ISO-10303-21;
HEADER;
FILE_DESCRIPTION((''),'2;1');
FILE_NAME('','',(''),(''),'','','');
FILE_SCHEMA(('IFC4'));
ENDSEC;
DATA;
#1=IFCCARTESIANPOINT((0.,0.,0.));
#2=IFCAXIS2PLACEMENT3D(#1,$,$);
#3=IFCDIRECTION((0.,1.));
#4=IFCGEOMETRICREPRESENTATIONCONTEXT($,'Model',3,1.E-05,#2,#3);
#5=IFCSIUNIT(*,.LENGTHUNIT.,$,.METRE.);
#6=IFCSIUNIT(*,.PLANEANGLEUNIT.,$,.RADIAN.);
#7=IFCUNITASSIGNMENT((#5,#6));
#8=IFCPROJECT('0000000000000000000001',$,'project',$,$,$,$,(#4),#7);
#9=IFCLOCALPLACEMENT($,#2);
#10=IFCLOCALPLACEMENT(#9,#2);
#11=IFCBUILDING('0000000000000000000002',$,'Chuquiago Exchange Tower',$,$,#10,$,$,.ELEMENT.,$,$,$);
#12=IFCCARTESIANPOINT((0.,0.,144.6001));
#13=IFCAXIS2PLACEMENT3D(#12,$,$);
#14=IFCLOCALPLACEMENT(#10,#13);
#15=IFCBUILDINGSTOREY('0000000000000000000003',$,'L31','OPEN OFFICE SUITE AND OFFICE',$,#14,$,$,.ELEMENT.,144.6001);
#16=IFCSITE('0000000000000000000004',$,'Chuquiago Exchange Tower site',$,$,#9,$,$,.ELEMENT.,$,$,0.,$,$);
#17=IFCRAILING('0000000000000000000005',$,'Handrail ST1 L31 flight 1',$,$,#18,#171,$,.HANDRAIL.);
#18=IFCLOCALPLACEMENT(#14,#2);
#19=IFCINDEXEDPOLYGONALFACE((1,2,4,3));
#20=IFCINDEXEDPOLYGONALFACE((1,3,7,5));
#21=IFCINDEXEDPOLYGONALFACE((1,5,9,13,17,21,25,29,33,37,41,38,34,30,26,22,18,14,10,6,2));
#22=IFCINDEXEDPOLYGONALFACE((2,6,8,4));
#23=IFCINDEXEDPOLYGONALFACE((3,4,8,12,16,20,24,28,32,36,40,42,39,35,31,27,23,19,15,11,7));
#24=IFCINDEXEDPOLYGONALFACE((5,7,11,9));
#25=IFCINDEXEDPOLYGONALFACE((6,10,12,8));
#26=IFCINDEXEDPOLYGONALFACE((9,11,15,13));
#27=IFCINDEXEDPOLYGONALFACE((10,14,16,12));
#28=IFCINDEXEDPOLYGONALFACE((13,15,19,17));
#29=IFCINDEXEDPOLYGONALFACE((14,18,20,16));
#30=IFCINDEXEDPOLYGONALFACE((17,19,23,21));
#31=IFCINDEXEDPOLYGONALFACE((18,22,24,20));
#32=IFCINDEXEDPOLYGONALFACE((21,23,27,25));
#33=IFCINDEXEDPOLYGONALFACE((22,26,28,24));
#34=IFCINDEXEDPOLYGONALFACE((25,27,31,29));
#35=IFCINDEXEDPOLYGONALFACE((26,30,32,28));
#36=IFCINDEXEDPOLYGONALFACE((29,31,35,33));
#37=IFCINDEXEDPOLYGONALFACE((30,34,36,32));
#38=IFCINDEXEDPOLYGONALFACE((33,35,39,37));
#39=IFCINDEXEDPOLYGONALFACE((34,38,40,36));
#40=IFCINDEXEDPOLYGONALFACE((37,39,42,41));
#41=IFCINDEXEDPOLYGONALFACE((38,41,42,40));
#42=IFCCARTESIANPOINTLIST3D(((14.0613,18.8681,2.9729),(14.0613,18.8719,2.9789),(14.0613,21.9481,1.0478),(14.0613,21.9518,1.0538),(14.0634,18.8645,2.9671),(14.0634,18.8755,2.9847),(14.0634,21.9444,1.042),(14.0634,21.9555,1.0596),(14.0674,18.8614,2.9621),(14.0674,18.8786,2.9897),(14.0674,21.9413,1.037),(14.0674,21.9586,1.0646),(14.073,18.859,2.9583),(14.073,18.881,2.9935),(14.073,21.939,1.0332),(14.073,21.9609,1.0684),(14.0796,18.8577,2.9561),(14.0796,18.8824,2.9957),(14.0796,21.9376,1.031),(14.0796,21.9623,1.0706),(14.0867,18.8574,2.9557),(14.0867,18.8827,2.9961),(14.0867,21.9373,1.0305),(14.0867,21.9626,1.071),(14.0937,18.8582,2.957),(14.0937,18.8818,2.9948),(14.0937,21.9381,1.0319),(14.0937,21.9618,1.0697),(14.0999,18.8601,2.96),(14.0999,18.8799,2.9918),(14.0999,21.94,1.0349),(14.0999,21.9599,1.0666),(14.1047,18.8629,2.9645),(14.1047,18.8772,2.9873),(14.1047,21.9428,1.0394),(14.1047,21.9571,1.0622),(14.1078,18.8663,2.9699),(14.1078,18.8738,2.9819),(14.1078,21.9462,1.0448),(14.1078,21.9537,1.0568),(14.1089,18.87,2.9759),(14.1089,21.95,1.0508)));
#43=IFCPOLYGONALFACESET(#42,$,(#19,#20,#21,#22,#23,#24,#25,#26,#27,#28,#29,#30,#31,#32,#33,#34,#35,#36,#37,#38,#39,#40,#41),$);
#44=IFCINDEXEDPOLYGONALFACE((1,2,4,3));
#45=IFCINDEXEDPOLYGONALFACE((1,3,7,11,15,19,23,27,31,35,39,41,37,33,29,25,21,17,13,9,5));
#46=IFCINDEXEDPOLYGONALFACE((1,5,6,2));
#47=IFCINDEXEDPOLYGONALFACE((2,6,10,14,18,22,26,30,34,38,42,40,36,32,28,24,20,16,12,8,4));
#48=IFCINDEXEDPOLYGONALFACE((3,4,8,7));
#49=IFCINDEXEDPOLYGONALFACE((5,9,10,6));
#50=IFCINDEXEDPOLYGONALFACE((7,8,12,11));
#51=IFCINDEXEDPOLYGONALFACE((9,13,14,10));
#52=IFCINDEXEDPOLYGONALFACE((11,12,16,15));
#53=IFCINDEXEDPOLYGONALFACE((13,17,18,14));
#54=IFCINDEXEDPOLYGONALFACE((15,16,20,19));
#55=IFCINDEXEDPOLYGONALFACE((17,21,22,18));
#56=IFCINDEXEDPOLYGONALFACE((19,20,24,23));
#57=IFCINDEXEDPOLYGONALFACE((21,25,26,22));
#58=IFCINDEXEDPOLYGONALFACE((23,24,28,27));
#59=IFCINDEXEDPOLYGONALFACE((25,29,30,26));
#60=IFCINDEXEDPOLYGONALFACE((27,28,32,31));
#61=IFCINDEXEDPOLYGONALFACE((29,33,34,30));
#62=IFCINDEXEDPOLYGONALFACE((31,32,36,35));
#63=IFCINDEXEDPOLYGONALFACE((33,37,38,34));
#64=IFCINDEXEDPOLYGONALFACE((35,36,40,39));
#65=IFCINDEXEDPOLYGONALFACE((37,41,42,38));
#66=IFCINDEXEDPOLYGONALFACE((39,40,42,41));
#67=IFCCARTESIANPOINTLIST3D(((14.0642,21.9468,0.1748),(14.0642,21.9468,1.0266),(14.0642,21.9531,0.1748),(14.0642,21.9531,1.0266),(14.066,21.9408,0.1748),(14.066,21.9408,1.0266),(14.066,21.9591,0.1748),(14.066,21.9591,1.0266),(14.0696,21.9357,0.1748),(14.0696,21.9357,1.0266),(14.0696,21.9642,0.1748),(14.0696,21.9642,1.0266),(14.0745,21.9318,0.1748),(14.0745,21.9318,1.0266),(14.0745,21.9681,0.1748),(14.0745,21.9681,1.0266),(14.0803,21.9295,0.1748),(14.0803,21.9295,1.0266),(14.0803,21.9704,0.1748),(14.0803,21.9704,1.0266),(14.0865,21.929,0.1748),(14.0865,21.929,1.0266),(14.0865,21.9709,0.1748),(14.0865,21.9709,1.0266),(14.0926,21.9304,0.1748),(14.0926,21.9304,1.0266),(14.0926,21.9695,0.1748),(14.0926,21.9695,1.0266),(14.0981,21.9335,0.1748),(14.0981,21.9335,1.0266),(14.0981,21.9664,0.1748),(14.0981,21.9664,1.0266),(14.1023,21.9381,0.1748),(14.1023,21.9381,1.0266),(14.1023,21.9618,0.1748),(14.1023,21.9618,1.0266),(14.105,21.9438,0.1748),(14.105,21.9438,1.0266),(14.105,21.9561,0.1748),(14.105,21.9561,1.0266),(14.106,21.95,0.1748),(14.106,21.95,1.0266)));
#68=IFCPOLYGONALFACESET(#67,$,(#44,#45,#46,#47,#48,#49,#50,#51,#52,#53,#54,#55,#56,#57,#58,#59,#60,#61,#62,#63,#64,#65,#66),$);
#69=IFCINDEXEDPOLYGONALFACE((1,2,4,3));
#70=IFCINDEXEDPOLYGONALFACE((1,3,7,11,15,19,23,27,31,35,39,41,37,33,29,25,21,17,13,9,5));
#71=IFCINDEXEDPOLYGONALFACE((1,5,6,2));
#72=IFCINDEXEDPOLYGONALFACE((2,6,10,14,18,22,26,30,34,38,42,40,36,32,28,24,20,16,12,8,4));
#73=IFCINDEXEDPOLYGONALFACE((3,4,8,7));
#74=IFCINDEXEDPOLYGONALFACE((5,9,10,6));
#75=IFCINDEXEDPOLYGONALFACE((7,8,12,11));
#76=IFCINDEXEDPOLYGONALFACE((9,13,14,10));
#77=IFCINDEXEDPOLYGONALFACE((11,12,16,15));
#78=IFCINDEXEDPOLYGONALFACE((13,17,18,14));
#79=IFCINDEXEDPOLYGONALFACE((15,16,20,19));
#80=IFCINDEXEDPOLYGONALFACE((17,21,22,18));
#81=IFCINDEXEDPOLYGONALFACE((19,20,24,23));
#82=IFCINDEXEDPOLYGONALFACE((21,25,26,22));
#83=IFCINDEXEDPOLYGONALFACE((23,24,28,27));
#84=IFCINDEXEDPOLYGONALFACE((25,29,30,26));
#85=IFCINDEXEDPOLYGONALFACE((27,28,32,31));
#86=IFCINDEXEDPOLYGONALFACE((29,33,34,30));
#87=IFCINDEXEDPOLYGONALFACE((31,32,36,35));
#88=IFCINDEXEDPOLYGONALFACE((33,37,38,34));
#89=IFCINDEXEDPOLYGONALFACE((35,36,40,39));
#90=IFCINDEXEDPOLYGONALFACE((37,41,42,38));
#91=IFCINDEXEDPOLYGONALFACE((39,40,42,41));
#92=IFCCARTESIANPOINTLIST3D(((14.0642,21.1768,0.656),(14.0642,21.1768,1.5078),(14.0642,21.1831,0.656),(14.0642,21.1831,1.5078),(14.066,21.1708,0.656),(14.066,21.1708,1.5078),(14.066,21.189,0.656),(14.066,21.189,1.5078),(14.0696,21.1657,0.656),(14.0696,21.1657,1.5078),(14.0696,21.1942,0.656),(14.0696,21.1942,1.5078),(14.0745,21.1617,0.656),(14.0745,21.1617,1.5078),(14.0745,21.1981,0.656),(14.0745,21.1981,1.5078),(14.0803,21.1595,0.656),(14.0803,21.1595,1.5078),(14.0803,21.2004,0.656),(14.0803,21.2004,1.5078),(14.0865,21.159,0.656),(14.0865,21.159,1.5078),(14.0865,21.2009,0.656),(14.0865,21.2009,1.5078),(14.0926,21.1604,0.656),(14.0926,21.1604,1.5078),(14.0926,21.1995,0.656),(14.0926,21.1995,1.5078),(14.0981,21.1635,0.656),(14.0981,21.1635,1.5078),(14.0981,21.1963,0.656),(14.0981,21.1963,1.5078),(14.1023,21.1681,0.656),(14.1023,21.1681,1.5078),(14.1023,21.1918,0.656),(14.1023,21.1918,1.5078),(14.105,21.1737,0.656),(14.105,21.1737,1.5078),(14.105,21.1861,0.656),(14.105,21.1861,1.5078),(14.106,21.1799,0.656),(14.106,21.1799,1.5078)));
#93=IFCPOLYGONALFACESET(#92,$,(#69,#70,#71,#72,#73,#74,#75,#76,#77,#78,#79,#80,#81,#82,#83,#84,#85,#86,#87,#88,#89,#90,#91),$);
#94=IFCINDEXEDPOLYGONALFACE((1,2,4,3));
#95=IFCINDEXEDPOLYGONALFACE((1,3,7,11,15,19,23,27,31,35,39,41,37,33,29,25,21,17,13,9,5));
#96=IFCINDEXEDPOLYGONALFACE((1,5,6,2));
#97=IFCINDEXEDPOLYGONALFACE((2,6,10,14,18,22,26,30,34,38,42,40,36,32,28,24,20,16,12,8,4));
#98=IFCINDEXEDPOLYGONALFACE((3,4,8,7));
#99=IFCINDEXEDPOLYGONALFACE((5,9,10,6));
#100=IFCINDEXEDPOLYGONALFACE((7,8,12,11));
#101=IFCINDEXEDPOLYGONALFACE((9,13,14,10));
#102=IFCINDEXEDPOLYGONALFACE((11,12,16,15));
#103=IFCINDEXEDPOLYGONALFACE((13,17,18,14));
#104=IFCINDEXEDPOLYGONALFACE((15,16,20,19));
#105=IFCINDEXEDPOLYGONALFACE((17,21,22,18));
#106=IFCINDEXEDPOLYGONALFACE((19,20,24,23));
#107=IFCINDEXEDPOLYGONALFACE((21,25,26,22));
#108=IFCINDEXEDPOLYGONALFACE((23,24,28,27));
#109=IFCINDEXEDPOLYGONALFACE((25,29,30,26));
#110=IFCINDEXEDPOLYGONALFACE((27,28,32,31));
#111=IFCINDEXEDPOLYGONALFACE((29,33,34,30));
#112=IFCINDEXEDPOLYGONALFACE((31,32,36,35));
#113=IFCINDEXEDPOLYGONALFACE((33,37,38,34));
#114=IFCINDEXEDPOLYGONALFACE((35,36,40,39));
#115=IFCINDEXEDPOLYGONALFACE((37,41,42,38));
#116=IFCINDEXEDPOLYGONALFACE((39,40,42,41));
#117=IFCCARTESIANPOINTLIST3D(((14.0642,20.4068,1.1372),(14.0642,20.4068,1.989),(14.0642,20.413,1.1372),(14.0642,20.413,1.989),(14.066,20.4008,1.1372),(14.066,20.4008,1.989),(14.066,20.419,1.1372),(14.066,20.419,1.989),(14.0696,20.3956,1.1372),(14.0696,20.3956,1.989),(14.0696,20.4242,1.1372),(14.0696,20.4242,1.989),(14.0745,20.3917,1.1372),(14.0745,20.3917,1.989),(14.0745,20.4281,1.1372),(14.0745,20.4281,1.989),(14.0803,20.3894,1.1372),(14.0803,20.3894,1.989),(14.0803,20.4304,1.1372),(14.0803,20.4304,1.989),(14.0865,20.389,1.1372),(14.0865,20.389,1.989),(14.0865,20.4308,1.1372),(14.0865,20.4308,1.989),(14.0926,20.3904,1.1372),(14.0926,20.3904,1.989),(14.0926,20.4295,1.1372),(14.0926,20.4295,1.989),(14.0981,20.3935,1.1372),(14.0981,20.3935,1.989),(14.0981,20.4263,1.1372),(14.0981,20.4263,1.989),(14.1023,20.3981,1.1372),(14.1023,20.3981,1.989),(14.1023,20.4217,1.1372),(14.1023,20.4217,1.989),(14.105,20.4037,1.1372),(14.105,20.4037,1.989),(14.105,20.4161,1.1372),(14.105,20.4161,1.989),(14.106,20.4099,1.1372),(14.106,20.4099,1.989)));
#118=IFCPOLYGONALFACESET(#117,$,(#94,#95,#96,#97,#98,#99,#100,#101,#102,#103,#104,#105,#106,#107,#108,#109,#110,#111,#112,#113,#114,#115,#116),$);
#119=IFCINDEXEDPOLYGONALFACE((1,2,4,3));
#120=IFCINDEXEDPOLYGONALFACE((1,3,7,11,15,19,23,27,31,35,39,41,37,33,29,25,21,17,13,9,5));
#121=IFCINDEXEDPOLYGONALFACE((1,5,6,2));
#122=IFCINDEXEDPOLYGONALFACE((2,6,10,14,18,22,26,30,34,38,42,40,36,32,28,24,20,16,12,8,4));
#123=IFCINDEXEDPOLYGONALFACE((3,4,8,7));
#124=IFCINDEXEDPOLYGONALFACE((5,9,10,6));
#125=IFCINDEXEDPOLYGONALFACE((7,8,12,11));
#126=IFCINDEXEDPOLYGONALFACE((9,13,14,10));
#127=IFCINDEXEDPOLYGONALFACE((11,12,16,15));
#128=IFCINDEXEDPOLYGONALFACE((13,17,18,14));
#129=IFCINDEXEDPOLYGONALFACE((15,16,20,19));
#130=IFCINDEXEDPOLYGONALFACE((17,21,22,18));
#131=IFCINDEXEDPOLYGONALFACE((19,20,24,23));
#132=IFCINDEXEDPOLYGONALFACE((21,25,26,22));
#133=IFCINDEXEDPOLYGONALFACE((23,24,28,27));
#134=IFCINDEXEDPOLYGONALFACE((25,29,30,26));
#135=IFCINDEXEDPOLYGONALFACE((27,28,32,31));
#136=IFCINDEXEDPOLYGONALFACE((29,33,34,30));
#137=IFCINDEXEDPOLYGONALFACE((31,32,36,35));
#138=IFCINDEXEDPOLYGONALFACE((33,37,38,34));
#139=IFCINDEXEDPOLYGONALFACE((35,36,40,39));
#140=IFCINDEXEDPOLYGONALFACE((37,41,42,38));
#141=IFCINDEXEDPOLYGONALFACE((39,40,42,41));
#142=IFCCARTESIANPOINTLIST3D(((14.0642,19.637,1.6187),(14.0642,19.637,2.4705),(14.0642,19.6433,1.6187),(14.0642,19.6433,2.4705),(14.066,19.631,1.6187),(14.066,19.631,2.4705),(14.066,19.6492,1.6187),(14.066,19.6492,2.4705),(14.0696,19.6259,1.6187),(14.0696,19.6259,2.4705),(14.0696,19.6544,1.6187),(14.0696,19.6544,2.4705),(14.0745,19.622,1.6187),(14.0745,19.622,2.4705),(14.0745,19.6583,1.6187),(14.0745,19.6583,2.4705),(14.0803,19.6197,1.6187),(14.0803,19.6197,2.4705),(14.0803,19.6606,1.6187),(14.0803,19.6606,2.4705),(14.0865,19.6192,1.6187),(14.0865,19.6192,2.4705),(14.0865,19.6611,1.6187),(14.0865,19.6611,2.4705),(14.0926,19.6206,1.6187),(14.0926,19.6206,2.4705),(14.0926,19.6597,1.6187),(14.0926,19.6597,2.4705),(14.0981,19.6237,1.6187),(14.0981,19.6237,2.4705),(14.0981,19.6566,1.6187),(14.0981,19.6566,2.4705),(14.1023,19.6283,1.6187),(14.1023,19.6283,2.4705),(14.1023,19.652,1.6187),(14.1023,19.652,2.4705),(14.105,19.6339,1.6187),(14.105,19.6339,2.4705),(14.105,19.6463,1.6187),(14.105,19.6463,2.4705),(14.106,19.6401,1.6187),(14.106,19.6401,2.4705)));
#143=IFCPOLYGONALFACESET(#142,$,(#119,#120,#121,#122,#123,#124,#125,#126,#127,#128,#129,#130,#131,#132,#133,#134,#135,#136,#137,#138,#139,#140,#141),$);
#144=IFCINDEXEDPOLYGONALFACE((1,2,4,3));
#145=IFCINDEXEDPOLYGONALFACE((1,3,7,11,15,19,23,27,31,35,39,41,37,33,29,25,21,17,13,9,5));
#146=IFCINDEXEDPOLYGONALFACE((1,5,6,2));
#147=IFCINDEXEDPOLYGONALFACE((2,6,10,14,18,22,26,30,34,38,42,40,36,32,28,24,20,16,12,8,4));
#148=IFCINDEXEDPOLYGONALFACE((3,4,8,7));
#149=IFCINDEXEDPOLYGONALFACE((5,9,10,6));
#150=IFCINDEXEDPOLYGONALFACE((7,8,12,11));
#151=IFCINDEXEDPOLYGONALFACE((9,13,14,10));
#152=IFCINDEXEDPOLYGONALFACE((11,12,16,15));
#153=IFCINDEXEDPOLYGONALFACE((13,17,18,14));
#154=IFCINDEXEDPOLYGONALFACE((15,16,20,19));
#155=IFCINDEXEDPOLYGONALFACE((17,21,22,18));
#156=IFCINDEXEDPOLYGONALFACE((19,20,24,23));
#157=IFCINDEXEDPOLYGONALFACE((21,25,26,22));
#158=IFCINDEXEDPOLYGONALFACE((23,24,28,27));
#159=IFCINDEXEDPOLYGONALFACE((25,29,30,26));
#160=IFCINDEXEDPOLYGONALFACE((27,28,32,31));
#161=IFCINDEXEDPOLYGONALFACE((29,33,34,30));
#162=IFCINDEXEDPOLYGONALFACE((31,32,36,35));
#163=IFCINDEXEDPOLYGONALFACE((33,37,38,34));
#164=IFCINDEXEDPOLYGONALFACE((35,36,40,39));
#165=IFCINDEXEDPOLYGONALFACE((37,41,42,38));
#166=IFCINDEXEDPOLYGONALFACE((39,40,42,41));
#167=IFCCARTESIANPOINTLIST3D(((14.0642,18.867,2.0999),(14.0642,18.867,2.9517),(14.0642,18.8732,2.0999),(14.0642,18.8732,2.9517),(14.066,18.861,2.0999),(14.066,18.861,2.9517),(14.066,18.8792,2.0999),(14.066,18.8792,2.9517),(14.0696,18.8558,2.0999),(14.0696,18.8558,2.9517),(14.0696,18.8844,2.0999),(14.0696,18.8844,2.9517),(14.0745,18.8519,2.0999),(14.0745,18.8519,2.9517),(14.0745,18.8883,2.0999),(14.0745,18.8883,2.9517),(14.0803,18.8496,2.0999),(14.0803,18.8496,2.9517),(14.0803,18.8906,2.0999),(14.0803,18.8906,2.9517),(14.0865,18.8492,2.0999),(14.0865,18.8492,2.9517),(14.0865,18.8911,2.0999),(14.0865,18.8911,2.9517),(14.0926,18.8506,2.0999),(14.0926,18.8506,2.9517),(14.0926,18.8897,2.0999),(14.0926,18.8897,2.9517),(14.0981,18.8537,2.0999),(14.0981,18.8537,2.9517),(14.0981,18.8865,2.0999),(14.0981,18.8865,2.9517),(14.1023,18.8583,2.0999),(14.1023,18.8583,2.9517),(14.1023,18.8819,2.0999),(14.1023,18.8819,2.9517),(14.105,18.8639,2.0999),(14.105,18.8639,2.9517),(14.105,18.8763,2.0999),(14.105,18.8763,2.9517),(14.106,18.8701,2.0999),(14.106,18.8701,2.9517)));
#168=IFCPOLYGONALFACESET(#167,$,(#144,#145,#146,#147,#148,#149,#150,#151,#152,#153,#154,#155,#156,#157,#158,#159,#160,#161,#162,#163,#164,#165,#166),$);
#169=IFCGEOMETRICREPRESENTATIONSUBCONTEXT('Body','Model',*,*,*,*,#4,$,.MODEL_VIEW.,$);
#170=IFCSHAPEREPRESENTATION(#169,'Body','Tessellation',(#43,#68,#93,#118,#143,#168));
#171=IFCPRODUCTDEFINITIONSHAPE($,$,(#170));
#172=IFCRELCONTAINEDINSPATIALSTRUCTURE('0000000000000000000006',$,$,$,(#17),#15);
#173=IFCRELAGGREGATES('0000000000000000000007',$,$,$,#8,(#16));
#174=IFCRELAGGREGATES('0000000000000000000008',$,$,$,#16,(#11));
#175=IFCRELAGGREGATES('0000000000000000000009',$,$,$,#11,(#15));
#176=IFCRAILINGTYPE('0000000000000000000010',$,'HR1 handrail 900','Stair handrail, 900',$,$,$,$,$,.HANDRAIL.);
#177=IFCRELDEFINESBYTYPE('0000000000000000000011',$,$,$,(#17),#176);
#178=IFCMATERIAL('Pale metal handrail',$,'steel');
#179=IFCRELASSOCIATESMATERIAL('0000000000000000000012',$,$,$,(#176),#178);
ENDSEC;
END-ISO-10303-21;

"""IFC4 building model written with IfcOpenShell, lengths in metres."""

from ifc_helpers import new_model, si_unit, direction, frame, origin, origin_2d, place, context, subcontext, project, spatial, circle, extrude, material, type_object, element, save


model = new_model("IFC4")

# Units and contexts
model_context = context("Model", 3, precision=1e-05, world=origin(), true_north=direction((0.0, 1.0)))
body_context = subcontext(model_context, "Body", "Model", "MODEL_VIEW")
ifc_project = project(units=[si_unit("LENGTHUNIT", "METRE"), si_unit("PLANEANGLEUNIT", "RADIAN")], contexts=[model_context])

# Site, building, storey
site_placement = place(None, origin())
site = spatial("IfcSite", under=ifc_project, at=site_placement, Name="Chuquiago Exchange Tower site", CompositionType="ELEMENT", RefElevation=0.0)
building_placement = place(site_placement, origin())
building = spatial("IfcBuilding", under=site, at=building_placement, Name="Chuquiago Exchange Tower", CompositionType="ELEMENT")
storey_placement = place(building_placement, frame((0.0, 0.0, 144.6001)))
storey = spatial("IfcBuildingStorey", under=building, at=storey_placement, Name="L31", Description="OPEN OFFICE SUITE AND OFFICE", CompositionType="ELEMENT", Elevation=144.6001)

# Railing
ifc_material_1 = material(Name="Pale metal handrail", Category="steel")
railing_type = type_object("IfcRailingType", Name="HR1 handrail 900", Description="Stair handrail, 900", PredefinedType="HANDRAIL", material=ifc_material_1)
for number, where, name in (
    (1, (14.085, 21.95, 0.1748), "Handrail ST1 L31 flight 1"),
):
    element("IfcRailing", number, at=place(storey_placement, frame(where)), inside=storey, type_object=railing_type, Name=name, PredefinedType="HANDRAIL", context=body_context, shape_type="SweptSolid", body=[
        extrude(circle(Radius=0.0239, at=origin_2d()), frame((0.0, 0.0, 0.876), z_axis=(0.0, -0.847979, 0.530029), x_axis=(1.0, 0.0, 0.0)), (0.0, 0.0, 1.0), 3.6321),
        extrude(circle(Radius=0.021, at=origin_2d()), origin(), (0.0, 0.0, 1.0), 0.8518),
        extrude(circle(Radius=0.021, at=origin_2d()), frame((0.0, -0.77, 0.4812)), (0.0, 0.0, 1.0), 0.8518),
        extrude(circle(Radius=0.021, at=origin_2d()), frame((0.0, -1.54, 0.9624)), (0.0, 0.0, 1.0), 0.8518),
        extrude(circle(Radius=0.021, at=origin_2d()), frame((0.0, -2.3098, 1.4438)), (0.0, 0.0, 1.0), 0.8518),
        extrude(circle(Radius=0.021, at=origin_2d()), frame((0.0, -3.0798, 1.925)), (0.0, 0.0, 1.0), 0.8518),
    ])

save(model, "model.ifc")
